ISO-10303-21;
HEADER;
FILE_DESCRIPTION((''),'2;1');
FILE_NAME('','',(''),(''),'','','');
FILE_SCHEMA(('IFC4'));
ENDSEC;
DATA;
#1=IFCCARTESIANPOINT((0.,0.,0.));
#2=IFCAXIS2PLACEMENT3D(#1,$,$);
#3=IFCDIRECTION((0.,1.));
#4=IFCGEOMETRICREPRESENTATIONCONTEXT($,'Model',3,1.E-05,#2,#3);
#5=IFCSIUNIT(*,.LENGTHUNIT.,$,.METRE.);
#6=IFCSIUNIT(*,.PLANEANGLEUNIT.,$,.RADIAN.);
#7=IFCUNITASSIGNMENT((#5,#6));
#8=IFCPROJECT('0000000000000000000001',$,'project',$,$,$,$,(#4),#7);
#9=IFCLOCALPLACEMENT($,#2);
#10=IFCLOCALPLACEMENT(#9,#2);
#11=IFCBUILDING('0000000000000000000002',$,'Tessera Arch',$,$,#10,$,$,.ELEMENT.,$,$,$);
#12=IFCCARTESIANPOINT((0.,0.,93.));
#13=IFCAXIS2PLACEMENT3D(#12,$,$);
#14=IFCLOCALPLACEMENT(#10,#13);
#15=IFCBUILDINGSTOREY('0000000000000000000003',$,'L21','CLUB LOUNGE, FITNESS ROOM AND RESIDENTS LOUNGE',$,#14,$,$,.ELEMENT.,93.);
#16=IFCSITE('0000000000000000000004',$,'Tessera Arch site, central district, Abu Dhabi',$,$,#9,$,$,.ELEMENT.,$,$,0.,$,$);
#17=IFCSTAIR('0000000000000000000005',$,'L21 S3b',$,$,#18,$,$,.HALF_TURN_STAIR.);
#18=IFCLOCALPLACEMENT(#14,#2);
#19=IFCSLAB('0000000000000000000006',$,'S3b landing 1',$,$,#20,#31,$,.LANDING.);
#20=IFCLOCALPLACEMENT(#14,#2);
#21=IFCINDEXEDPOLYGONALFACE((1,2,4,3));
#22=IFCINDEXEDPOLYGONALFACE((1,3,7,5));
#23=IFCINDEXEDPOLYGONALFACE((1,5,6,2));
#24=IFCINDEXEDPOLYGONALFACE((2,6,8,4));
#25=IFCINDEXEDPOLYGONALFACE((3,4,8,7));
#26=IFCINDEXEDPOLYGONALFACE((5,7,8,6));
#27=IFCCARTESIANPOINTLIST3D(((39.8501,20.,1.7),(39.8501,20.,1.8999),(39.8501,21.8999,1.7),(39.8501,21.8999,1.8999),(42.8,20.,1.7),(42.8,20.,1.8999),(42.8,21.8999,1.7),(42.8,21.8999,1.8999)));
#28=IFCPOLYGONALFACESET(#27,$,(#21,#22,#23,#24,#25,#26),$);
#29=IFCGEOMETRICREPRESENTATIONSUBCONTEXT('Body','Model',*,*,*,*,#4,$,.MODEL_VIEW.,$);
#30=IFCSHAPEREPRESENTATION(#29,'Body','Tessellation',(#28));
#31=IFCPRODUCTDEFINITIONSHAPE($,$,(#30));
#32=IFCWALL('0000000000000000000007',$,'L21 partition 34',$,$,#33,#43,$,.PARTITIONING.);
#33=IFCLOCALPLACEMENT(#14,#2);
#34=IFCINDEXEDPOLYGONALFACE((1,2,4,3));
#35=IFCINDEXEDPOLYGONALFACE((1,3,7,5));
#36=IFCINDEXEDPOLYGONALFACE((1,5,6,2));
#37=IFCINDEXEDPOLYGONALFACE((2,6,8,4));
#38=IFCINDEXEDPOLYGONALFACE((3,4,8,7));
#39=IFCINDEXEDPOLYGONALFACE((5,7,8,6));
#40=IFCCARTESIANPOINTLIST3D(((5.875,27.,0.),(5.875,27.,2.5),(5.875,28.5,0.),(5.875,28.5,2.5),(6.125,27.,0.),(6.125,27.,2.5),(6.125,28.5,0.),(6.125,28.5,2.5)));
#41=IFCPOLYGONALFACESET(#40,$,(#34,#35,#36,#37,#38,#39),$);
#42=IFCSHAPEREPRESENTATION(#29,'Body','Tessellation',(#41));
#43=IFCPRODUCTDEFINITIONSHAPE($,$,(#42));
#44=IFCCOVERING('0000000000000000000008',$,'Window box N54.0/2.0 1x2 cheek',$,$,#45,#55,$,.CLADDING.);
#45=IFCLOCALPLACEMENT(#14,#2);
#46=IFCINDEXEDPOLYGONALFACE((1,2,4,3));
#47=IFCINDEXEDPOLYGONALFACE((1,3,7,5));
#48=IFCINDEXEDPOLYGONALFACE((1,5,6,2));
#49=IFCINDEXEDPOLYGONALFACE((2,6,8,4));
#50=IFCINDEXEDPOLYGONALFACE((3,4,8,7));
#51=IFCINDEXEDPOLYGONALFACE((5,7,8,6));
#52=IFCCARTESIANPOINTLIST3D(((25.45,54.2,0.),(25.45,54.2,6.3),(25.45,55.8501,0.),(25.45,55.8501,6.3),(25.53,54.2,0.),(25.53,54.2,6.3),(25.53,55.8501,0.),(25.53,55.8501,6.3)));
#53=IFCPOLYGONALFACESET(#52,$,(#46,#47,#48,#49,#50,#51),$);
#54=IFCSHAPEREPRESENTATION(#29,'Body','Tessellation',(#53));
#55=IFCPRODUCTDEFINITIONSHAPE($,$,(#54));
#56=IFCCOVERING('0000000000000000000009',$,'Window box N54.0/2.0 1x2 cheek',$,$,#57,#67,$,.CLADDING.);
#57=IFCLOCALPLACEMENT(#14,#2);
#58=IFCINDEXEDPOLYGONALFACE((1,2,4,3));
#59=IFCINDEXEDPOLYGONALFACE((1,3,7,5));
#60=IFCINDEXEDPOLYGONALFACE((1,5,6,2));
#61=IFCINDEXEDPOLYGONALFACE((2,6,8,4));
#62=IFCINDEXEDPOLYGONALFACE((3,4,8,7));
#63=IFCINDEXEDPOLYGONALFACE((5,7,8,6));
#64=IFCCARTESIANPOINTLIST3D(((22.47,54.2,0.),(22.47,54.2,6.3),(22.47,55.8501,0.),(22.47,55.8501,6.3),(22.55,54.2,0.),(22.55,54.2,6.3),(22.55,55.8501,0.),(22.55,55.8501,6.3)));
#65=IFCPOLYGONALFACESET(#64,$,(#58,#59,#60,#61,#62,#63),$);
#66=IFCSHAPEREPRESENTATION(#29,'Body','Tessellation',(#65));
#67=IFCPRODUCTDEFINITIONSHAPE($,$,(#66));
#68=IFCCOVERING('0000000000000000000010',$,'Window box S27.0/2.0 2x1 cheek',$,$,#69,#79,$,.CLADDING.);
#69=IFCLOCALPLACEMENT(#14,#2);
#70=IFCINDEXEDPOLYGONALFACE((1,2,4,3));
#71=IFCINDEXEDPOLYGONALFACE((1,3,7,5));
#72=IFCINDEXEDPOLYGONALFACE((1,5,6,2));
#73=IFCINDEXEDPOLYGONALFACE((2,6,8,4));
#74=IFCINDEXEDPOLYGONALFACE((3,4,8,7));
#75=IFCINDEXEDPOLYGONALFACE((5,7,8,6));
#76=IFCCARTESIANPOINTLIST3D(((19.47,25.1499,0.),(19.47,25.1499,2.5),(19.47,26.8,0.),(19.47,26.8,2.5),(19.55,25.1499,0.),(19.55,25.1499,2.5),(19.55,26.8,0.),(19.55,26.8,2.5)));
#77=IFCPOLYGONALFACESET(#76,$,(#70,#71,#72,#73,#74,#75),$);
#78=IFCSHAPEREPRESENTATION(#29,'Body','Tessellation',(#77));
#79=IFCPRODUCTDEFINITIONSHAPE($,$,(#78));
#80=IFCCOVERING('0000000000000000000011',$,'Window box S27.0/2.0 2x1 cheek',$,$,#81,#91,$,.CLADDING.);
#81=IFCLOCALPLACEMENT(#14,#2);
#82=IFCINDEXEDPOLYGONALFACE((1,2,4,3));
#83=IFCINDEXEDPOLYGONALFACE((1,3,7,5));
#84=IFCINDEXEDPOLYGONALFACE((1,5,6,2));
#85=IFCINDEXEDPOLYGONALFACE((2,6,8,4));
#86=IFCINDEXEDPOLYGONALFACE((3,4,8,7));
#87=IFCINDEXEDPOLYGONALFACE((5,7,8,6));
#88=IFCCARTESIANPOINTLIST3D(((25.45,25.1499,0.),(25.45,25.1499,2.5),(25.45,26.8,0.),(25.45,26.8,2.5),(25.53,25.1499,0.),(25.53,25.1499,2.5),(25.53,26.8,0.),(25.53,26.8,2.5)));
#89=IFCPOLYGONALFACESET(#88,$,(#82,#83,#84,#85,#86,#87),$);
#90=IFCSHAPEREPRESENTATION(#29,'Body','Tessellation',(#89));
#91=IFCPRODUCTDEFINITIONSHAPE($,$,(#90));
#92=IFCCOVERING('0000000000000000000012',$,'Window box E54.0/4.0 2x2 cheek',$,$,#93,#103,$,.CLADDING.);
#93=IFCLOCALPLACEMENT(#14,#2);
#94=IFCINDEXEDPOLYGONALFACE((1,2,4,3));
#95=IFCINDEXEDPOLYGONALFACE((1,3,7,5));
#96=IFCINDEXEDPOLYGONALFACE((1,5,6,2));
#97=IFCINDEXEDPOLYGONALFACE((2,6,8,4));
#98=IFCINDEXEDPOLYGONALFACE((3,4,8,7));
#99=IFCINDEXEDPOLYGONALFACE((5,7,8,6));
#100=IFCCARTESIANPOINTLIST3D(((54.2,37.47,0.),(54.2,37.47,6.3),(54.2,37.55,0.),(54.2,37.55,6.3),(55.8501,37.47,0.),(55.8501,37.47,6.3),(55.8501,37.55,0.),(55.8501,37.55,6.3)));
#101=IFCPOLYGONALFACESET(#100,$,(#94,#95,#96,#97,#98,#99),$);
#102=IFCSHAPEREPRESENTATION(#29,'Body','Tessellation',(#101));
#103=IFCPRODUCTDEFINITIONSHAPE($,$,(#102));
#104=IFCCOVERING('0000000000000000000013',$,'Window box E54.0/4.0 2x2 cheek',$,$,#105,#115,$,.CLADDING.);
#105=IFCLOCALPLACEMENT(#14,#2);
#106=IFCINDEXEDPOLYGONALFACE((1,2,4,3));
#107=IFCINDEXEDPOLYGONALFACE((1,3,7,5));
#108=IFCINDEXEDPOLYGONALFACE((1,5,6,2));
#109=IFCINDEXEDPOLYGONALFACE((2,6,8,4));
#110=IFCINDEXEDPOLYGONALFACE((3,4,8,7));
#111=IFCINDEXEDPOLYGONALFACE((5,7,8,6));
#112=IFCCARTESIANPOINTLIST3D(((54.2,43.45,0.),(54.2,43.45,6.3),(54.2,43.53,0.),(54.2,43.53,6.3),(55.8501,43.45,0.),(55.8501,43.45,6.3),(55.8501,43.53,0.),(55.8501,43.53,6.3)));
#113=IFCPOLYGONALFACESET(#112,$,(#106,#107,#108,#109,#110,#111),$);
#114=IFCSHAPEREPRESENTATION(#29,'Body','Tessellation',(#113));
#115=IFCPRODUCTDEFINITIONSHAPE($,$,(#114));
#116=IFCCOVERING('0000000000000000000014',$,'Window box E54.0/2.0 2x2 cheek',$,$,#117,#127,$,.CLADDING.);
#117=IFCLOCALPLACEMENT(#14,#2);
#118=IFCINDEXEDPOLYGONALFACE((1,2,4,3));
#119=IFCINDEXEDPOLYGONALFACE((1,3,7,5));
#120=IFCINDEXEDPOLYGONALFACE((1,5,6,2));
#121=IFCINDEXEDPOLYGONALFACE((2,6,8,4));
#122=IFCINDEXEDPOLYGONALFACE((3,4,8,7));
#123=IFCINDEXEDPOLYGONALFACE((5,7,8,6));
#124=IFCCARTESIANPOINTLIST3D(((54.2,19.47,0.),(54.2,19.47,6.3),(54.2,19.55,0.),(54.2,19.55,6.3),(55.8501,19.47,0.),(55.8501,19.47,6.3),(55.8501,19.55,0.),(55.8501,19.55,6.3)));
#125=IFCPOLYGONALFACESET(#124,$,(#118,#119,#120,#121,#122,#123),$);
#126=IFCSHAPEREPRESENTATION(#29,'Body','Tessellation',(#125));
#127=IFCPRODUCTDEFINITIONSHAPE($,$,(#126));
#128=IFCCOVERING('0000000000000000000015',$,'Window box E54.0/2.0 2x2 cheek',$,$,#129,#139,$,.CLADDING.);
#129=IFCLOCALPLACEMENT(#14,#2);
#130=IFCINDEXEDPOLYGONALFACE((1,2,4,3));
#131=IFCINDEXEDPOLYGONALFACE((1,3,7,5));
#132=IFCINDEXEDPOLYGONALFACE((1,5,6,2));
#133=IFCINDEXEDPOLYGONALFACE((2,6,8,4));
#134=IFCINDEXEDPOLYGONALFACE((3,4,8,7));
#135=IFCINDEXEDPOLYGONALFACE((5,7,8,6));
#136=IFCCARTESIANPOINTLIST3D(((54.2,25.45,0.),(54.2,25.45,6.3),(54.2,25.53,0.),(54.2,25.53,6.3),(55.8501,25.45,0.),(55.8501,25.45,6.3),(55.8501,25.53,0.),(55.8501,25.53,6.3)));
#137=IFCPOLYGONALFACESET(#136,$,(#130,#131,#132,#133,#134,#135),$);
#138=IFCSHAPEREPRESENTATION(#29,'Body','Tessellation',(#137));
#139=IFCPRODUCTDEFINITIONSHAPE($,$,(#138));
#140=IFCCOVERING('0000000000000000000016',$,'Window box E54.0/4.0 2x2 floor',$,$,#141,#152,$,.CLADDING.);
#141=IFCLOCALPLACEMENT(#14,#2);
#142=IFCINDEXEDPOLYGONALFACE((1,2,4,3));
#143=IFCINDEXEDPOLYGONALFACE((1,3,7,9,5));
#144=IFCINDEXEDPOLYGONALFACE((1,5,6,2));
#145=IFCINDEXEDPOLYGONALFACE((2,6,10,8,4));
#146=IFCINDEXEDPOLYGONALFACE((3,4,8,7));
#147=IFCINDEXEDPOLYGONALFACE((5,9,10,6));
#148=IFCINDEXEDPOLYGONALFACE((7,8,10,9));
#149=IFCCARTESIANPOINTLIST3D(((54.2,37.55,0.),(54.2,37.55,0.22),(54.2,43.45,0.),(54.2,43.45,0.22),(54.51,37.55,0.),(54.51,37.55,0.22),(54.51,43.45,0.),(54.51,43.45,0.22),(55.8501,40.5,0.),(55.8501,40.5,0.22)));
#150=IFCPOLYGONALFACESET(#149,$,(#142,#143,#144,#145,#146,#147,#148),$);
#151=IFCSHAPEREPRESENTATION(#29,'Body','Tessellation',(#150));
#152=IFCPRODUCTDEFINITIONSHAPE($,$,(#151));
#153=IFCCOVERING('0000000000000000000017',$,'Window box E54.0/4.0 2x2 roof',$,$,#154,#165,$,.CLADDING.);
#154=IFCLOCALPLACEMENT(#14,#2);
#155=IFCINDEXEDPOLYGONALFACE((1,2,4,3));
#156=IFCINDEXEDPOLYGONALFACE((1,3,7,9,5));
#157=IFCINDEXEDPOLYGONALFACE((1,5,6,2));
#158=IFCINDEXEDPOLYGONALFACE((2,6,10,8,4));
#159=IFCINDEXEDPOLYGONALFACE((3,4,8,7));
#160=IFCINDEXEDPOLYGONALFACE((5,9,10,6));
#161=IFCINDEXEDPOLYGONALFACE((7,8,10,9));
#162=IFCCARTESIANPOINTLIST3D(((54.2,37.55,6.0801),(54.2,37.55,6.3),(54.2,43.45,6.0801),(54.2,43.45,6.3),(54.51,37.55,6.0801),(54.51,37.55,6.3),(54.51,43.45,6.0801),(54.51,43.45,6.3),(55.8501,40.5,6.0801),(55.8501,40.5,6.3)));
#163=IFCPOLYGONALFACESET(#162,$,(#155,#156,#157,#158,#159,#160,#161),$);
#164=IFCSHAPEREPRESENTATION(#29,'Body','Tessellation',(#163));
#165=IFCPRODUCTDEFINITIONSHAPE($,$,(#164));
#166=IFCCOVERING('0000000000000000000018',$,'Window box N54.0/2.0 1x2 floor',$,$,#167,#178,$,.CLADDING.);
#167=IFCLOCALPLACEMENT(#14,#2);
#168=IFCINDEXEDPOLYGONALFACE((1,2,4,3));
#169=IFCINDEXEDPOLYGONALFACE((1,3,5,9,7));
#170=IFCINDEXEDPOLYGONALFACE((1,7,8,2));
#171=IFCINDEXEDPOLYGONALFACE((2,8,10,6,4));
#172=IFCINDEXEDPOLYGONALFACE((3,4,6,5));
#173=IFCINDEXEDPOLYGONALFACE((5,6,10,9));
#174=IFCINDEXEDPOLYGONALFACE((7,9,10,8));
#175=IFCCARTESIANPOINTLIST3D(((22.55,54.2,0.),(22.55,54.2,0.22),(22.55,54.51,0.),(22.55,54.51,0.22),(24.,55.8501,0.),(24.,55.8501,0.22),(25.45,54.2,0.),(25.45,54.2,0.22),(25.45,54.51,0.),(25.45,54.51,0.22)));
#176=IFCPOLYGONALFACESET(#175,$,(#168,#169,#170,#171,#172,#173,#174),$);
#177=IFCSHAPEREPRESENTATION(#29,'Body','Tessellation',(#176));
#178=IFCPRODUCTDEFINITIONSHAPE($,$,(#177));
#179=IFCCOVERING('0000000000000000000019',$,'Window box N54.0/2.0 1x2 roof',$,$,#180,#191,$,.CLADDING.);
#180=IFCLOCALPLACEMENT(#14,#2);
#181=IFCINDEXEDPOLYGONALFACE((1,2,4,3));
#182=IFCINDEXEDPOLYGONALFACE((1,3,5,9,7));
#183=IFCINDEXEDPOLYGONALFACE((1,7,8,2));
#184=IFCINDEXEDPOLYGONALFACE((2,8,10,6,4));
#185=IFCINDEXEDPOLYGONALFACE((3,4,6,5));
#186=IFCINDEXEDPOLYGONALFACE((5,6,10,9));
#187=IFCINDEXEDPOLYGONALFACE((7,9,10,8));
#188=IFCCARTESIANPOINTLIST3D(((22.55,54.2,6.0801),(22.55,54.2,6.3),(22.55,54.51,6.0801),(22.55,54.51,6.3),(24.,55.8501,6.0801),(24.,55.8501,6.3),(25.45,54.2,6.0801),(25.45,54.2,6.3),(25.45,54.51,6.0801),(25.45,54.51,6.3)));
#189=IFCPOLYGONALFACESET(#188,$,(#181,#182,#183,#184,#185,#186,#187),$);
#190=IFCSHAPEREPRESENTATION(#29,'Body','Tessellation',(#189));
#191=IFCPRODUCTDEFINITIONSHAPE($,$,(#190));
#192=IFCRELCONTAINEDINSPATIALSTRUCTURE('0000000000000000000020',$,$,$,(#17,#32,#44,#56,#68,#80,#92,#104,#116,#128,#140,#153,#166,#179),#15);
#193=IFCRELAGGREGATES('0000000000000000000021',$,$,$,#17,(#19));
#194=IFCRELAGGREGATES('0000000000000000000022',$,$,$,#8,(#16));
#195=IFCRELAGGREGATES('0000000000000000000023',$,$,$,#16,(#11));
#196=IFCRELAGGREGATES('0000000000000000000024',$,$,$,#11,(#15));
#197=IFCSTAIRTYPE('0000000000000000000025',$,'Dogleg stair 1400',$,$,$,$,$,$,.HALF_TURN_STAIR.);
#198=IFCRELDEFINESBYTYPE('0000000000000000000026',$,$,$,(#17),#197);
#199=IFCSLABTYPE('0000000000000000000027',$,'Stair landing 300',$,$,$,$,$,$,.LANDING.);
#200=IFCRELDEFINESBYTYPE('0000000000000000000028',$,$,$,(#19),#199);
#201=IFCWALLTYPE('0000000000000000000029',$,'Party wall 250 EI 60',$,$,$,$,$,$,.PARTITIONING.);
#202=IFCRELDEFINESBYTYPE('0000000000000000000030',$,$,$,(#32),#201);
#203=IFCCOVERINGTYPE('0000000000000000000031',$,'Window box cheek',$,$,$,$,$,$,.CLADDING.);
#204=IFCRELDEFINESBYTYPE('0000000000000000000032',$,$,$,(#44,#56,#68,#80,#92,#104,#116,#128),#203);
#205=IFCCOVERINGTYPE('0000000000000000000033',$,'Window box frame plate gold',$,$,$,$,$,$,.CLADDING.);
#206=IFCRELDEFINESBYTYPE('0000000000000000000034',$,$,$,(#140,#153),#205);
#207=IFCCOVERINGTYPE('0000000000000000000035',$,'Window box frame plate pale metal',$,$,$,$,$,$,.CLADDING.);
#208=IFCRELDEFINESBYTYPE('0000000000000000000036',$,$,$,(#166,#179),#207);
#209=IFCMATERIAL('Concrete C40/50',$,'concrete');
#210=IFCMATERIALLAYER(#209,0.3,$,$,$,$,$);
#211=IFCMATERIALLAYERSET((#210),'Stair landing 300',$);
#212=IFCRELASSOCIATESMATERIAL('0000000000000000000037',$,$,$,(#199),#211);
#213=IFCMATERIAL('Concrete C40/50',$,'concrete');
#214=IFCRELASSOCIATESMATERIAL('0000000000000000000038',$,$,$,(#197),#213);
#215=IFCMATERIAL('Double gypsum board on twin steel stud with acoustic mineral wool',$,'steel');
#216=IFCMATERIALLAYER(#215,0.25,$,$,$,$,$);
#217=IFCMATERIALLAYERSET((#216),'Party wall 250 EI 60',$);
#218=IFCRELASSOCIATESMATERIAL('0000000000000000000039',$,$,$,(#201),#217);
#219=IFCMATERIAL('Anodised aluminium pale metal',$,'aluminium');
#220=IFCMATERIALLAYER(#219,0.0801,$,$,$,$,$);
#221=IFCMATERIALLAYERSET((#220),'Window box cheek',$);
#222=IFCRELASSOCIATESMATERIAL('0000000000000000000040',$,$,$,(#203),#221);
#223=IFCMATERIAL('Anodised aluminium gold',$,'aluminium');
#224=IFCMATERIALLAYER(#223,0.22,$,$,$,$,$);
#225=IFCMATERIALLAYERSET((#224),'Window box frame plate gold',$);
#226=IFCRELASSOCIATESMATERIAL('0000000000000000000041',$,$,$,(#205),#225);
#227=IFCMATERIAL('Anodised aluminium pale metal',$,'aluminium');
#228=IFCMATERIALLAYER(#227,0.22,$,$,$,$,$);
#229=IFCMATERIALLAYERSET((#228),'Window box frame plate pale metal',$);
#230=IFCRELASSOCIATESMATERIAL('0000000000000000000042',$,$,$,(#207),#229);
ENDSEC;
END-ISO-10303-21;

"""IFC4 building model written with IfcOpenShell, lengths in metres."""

from ifc_helpers import new_model, si_unit, direction, frame, frame_2d, origin, place, context, subcontext, project, spatial, polyline, rectangle, outline, extrude, material, layer, layer_set, type_object, element, aggregate, save


model = new_model("IFC4")

# Units and contexts
model_context = context("Model", 3, precision=1e-05, world=origin(), true_north=direction((0.0, 1.0)))
body_context = subcontext(model_context, "Body", "Model", "MODEL_VIEW")
ifc_project = project(units=[si_unit("LENGTHUNIT", "METRE"), si_unit("PLANEANGLEUNIT", "RADIAN")], contexts=[model_context])

# Site, building, storey
site_placement = place(None, origin())
site = spatial("IfcSite", under=ifc_project, at=site_placement, Name="Tessera Arch site, central district, Abu Dhabi", CompositionType="ELEMENT", RefElevation=0.0)
building_placement = place(site_placement, origin())
building = spatial("IfcBuilding", under=site, at=building_placement, Name="Tessera Arch", CompositionType="ELEMENT")
storey_placement = place(building_placement, frame((0.0, 0.0, 93.0)))
storey = spatial("IfcBuildingStorey", under=building, at=storey_placement, Name="L21", Description="CLUB LOUNGE, FITNESS ROOM AND RESIDENTS LOUNGE", CompositionType="ELEMENT", Elevation=93.0)

# Stair, slab
ifc_material_1 = material(Name="Concrete C40/50", Category="concrete")
ifc_layer_1 = layer(ifc_material_1, 0.3)
ifc_layer_set_1 = layer_set([ifc_layer_1], Name="Stair landing 300")
slab_type = type_object("IfcSlabType", Name="Stair landing 300", PredefinedType="LANDING", material=ifc_layer_set_1)
ifc_material_2 = material(Name="Concrete C40/50", Category="concrete")
stair_type_1 = type_object("IfcStairType", Name="Dogleg stair 1400", PredefinedType="HALF_TURN_STAIR", material=ifc_material_2)
stair_1_placement = place(storey_placement, origin())
stair_1 = element("IfcStair", 1, at=stair_1_placement, inside=storey, type_object=stair_type_1, Name="L21 S3b", PredefinedType="HALF_TURN_STAIR")
slab_1_placement = place(storey_placement, frame((0.0, 0.0, 1.7)))
slab_1 = element("IfcSlab", 2, at=slab_1_placement, type_object=slab_type, Name="S3b landing 1", PredefinedType="LANDING", context=body_context, shape_type="SweptSolid", body=[
    extrude(outline(polyline([(42.8, 20.0), (42.8, 21.8999), (39.8501, 21.8999), (39.8501, 20.0), (42.8, 20.0)])), origin(), (0.0, 0.0, 1.0), 0.2),
])
aggregate(stair_1, [slab_1])

# Wall
ifc_material_3 = material(Name="Double gypsum board on twin steel stud with acoustic mineral wool", Category="steel")
ifc_layer_2 = layer(ifc_material_3, 0.25)
ifc_layer_set_2 = layer_set([ifc_layer_2], Name="Party wall 250 EI 60")
wall_type = type_object("IfcWallType", Name="Party wall 250 EI 60", PredefinedType="PARTITIONING", material=ifc_layer_set_2)
wall_placement = place(storey_placement, frame((6.0, 27.0, 0.0), z_axis=(0.0, 0.0, 1.0), x_axis=(0.0, 1.0, 0.0)))
element("IfcWall", 3, at=wall_placement, inside=storey, type_object=wall_type, Name="L21 partition 34", PredefinedType="PARTITIONING", context=body_context, shape_type="SweptSolid", body=[
    extrude(rectangle(XDim=1.5, YDim=0.25, at=frame_2d((0.75, 0.0))), origin(), (0.0, 0.0, 1.0), 2.5),
])

# Coverings
ifc_material_4 = material(Name="Anodised aluminium pale metal", Category="aluminium")
ifc_layer_3 = layer(ifc_material_4, 0.0801)
ifc_layer_set_3 = layer_set([ifc_layer_3], Name="Window box cheek")
covering_type_1 = type_object("IfcCoveringType", Name="Window box cheek", PredefinedType="CLADDING", material=ifc_layer_set_3)
covering_1_placement = place(storey_placement, origin())
element("IfcCovering", 4, at=covering_1_placement, inside=storey, type_object=covering_type_1, Name="Window box N54.0/2.0 1x2 cheek", PredefinedType="CLADDING", context=body_context, shape_type="SweptSolid", body=[
    extrude(outline(polyline([(25.53, 55.8501), (25.45, 55.8501), (25.45, 54.2), (25.53, 54.2), (25.53, 55.8501)])), origin(), (0.0, 0.0, 1.0), 6.3),
])
covering_2_placement = place(storey_placement, origin())
element("IfcCovering", 5, at=covering_2_placement, inside=storey, type_object=covering_type_1, Name="Window box N54.0/2.0 1x2 cheek", PredefinedType="CLADDING", context=body_context, shape_type="SweptSolid", body=[
    extrude(outline(polyline([(22.55, 55.8501), (22.47, 55.8501), (22.47, 54.2), (22.55, 54.2), (22.55, 55.8501)])), origin(), (0.0, 0.0, 1.0), 6.3),
])
covering_3_placement = place(storey_placement, origin())
element("IfcCovering", 6, at=covering_3_placement, inside=storey, type_object=covering_type_1, Name="Window box S27.0/2.0 2x1 cheek", PredefinedType="CLADDING", context=body_context, shape_type="SweptSolid", body=[
    extrude(outline(polyline([(19.47, 25.1499), (19.55, 25.1499), (19.55, 26.8), (19.47, 26.8), (19.47, 25.1499)])), origin(), (0.0, 0.0, 1.0), 2.5),
])
covering_4_placement = place(storey_placement, origin())
element("IfcCovering", 7, at=covering_4_placement, inside=storey, type_object=covering_type_1, Name="Window box S27.0/2.0 2x1 cheek", PredefinedType="CLADDING", context=body_context, shape_type="SweptSolid", body=[
    extrude(outline(polyline([(25.45, 25.1499), (25.53, 25.1499), (25.53, 26.8), (25.45, 26.8), (25.45, 25.1499)])), origin(), (0.0, 0.0, 1.0), 2.5),
])
covering_5_placement = place(storey_placement, origin())
element("IfcCovering", 8, at=covering_5_placement, inside=storey, type_object=covering_type_1, Name="Window box E54.0/4.0 2x2 cheek", PredefinedType="CLADDING", context=body_context, shape_type="SweptSolid", body=[
    extrude(outline(polyline([(55.8501, 37.47), (55.8501, 37.55), (54.2, 37.55), (54.2, 37.47), (55.8501, 37.47)])), origin(), (0.0, 0.0, 1.0), 6.3),
])
covering_6_placement = place(storey_placement, origin())
element("IfcCovering", 9, at=covering_6_placement, inside=storey, type_object=covering_type_1, Name="Window box E54.0/4.0 2x2 cheek", PredefinedType="CLADDING", context=body_context, shape_type="SweptSolid", body=[
    extrude(outline(polyline([(55.8501, 43.45), (55.8501, 43.53), (54.2, 43.53), (54.2, 43.45), (55.8501, 43.45)])), origin(), (0.0, 0.0, 1.0), 6.3),
])
covering_7_placement = place(storey_placement, origin())
element("IfcCovering", 10, at=covering_7_placement, inside=storey, type_object=covering_type_1, Name="Window box E54.0/2.0 2x2 cheek", PredefinedType="CLADDING", context=body_context, shape_type="SweptSolid", body=[
    extrude(outline(polyline([(55.8501, 19.47), (55.8501, 19.55), (54.2, 19.55), (54.2, 19.47), (55.8501, 19.47)])), origin(), (0.0, 0.0, 1.0), 6.3),
])
covering_8_placement = place(storey_placement, origin())
element("IfcCovering", 11, at=covering_8_placement, inside=storey, type_object=covering_type_1, Name="Window box E54.0/2.0 2x2 cheek", PredefinedType="CLADDING", context=body_context, shape_type="SweptSolid", body=[
    extrude(outline(polyline([(55.8501, 25.45), (55.8501, 25.53), (54.2, 25.53), (54.2, 25.45), (55.8501, 25.45)])), origin(), (0.0, 0.0, 1.0), 6.3),
])
ifc_material_5 = material(Name="Anodised aluminium gold", Category="aluminium")
ifc_layer_4 = layer(ifc_material_5, 0.22)
ifc_layer_set_4 = layer_set([ifc_layer_4], Name="Window box frame plate gold")
covering_type_2 = type_object("IfcCoveringType", Name="Window box frame plate gold", PredefinedType="CLADDING", material=ifc_layer_set_4)
for number, where, name in (
    (12, (0.0, 0.0, 0.0), "Window box E54.0/4.0 2x2 floor"),
    (13, (0.0, 0.0, 6.0801), "Window box E54.0/4.0 2x2 roof"),
):
    element("IfcCovering", number, at=place(storey_placement, frame(where)), inside=storey, type_object=covering_type_2, Name=name, PredefinedType="CLADDING", context=body_context, shape_type="SweptSolid", body=[
        extrude(outline(polyline([(54.51, 37.55), (55.8501, 40.5), (54.51, 43.45), (54.2, 43.45), (54.2, 37.55), (54.51, 37.55)])), origin(), (0.0, 0.0, 1.0), 0.22),
    ])
ifc_material_6 = material(Name="Anodised aluminium pale metal", Category="aluminium")
ifc_layer_5 = layer(ifc_material_6, 0.22)
ifc_layer_set_5 = layer_set([ifc_layer_5], Name="Window box frame plate pale metal")
covering_type_3 = type_object("IfcCoveringType", Name="Window box frame plate pale metal", PredefinedType="CLADDING", material=ifc_layer_set_5)
for number, where, name in (
    (14, (0.0, 0.0, 0.0), "Window box N54.0/2.0 1x2 floor"),
    (15, (0.0, 0.0, 6.0801), "Window box N54.0/2.0 1x2 roof"),
):
    element("IfcCovering", number, at=place(storey_placement, frame(where)), inside=storey, type_object=covering_type_3, Name=name, PredefinedType="CLADDING", context=body_context, shape_type="SweptSolid", body=[
        extrude(outline(polyline([(25.45, 54.51), (24.0, 55.8501), (22.55, 54.51), (22.55, 54.2), (25.45, 54.2), (25.45, 54.51)])), origin(), (0.0, 0.0, 1.0), 0.22),
    ])

save(model, "model.ifc")
